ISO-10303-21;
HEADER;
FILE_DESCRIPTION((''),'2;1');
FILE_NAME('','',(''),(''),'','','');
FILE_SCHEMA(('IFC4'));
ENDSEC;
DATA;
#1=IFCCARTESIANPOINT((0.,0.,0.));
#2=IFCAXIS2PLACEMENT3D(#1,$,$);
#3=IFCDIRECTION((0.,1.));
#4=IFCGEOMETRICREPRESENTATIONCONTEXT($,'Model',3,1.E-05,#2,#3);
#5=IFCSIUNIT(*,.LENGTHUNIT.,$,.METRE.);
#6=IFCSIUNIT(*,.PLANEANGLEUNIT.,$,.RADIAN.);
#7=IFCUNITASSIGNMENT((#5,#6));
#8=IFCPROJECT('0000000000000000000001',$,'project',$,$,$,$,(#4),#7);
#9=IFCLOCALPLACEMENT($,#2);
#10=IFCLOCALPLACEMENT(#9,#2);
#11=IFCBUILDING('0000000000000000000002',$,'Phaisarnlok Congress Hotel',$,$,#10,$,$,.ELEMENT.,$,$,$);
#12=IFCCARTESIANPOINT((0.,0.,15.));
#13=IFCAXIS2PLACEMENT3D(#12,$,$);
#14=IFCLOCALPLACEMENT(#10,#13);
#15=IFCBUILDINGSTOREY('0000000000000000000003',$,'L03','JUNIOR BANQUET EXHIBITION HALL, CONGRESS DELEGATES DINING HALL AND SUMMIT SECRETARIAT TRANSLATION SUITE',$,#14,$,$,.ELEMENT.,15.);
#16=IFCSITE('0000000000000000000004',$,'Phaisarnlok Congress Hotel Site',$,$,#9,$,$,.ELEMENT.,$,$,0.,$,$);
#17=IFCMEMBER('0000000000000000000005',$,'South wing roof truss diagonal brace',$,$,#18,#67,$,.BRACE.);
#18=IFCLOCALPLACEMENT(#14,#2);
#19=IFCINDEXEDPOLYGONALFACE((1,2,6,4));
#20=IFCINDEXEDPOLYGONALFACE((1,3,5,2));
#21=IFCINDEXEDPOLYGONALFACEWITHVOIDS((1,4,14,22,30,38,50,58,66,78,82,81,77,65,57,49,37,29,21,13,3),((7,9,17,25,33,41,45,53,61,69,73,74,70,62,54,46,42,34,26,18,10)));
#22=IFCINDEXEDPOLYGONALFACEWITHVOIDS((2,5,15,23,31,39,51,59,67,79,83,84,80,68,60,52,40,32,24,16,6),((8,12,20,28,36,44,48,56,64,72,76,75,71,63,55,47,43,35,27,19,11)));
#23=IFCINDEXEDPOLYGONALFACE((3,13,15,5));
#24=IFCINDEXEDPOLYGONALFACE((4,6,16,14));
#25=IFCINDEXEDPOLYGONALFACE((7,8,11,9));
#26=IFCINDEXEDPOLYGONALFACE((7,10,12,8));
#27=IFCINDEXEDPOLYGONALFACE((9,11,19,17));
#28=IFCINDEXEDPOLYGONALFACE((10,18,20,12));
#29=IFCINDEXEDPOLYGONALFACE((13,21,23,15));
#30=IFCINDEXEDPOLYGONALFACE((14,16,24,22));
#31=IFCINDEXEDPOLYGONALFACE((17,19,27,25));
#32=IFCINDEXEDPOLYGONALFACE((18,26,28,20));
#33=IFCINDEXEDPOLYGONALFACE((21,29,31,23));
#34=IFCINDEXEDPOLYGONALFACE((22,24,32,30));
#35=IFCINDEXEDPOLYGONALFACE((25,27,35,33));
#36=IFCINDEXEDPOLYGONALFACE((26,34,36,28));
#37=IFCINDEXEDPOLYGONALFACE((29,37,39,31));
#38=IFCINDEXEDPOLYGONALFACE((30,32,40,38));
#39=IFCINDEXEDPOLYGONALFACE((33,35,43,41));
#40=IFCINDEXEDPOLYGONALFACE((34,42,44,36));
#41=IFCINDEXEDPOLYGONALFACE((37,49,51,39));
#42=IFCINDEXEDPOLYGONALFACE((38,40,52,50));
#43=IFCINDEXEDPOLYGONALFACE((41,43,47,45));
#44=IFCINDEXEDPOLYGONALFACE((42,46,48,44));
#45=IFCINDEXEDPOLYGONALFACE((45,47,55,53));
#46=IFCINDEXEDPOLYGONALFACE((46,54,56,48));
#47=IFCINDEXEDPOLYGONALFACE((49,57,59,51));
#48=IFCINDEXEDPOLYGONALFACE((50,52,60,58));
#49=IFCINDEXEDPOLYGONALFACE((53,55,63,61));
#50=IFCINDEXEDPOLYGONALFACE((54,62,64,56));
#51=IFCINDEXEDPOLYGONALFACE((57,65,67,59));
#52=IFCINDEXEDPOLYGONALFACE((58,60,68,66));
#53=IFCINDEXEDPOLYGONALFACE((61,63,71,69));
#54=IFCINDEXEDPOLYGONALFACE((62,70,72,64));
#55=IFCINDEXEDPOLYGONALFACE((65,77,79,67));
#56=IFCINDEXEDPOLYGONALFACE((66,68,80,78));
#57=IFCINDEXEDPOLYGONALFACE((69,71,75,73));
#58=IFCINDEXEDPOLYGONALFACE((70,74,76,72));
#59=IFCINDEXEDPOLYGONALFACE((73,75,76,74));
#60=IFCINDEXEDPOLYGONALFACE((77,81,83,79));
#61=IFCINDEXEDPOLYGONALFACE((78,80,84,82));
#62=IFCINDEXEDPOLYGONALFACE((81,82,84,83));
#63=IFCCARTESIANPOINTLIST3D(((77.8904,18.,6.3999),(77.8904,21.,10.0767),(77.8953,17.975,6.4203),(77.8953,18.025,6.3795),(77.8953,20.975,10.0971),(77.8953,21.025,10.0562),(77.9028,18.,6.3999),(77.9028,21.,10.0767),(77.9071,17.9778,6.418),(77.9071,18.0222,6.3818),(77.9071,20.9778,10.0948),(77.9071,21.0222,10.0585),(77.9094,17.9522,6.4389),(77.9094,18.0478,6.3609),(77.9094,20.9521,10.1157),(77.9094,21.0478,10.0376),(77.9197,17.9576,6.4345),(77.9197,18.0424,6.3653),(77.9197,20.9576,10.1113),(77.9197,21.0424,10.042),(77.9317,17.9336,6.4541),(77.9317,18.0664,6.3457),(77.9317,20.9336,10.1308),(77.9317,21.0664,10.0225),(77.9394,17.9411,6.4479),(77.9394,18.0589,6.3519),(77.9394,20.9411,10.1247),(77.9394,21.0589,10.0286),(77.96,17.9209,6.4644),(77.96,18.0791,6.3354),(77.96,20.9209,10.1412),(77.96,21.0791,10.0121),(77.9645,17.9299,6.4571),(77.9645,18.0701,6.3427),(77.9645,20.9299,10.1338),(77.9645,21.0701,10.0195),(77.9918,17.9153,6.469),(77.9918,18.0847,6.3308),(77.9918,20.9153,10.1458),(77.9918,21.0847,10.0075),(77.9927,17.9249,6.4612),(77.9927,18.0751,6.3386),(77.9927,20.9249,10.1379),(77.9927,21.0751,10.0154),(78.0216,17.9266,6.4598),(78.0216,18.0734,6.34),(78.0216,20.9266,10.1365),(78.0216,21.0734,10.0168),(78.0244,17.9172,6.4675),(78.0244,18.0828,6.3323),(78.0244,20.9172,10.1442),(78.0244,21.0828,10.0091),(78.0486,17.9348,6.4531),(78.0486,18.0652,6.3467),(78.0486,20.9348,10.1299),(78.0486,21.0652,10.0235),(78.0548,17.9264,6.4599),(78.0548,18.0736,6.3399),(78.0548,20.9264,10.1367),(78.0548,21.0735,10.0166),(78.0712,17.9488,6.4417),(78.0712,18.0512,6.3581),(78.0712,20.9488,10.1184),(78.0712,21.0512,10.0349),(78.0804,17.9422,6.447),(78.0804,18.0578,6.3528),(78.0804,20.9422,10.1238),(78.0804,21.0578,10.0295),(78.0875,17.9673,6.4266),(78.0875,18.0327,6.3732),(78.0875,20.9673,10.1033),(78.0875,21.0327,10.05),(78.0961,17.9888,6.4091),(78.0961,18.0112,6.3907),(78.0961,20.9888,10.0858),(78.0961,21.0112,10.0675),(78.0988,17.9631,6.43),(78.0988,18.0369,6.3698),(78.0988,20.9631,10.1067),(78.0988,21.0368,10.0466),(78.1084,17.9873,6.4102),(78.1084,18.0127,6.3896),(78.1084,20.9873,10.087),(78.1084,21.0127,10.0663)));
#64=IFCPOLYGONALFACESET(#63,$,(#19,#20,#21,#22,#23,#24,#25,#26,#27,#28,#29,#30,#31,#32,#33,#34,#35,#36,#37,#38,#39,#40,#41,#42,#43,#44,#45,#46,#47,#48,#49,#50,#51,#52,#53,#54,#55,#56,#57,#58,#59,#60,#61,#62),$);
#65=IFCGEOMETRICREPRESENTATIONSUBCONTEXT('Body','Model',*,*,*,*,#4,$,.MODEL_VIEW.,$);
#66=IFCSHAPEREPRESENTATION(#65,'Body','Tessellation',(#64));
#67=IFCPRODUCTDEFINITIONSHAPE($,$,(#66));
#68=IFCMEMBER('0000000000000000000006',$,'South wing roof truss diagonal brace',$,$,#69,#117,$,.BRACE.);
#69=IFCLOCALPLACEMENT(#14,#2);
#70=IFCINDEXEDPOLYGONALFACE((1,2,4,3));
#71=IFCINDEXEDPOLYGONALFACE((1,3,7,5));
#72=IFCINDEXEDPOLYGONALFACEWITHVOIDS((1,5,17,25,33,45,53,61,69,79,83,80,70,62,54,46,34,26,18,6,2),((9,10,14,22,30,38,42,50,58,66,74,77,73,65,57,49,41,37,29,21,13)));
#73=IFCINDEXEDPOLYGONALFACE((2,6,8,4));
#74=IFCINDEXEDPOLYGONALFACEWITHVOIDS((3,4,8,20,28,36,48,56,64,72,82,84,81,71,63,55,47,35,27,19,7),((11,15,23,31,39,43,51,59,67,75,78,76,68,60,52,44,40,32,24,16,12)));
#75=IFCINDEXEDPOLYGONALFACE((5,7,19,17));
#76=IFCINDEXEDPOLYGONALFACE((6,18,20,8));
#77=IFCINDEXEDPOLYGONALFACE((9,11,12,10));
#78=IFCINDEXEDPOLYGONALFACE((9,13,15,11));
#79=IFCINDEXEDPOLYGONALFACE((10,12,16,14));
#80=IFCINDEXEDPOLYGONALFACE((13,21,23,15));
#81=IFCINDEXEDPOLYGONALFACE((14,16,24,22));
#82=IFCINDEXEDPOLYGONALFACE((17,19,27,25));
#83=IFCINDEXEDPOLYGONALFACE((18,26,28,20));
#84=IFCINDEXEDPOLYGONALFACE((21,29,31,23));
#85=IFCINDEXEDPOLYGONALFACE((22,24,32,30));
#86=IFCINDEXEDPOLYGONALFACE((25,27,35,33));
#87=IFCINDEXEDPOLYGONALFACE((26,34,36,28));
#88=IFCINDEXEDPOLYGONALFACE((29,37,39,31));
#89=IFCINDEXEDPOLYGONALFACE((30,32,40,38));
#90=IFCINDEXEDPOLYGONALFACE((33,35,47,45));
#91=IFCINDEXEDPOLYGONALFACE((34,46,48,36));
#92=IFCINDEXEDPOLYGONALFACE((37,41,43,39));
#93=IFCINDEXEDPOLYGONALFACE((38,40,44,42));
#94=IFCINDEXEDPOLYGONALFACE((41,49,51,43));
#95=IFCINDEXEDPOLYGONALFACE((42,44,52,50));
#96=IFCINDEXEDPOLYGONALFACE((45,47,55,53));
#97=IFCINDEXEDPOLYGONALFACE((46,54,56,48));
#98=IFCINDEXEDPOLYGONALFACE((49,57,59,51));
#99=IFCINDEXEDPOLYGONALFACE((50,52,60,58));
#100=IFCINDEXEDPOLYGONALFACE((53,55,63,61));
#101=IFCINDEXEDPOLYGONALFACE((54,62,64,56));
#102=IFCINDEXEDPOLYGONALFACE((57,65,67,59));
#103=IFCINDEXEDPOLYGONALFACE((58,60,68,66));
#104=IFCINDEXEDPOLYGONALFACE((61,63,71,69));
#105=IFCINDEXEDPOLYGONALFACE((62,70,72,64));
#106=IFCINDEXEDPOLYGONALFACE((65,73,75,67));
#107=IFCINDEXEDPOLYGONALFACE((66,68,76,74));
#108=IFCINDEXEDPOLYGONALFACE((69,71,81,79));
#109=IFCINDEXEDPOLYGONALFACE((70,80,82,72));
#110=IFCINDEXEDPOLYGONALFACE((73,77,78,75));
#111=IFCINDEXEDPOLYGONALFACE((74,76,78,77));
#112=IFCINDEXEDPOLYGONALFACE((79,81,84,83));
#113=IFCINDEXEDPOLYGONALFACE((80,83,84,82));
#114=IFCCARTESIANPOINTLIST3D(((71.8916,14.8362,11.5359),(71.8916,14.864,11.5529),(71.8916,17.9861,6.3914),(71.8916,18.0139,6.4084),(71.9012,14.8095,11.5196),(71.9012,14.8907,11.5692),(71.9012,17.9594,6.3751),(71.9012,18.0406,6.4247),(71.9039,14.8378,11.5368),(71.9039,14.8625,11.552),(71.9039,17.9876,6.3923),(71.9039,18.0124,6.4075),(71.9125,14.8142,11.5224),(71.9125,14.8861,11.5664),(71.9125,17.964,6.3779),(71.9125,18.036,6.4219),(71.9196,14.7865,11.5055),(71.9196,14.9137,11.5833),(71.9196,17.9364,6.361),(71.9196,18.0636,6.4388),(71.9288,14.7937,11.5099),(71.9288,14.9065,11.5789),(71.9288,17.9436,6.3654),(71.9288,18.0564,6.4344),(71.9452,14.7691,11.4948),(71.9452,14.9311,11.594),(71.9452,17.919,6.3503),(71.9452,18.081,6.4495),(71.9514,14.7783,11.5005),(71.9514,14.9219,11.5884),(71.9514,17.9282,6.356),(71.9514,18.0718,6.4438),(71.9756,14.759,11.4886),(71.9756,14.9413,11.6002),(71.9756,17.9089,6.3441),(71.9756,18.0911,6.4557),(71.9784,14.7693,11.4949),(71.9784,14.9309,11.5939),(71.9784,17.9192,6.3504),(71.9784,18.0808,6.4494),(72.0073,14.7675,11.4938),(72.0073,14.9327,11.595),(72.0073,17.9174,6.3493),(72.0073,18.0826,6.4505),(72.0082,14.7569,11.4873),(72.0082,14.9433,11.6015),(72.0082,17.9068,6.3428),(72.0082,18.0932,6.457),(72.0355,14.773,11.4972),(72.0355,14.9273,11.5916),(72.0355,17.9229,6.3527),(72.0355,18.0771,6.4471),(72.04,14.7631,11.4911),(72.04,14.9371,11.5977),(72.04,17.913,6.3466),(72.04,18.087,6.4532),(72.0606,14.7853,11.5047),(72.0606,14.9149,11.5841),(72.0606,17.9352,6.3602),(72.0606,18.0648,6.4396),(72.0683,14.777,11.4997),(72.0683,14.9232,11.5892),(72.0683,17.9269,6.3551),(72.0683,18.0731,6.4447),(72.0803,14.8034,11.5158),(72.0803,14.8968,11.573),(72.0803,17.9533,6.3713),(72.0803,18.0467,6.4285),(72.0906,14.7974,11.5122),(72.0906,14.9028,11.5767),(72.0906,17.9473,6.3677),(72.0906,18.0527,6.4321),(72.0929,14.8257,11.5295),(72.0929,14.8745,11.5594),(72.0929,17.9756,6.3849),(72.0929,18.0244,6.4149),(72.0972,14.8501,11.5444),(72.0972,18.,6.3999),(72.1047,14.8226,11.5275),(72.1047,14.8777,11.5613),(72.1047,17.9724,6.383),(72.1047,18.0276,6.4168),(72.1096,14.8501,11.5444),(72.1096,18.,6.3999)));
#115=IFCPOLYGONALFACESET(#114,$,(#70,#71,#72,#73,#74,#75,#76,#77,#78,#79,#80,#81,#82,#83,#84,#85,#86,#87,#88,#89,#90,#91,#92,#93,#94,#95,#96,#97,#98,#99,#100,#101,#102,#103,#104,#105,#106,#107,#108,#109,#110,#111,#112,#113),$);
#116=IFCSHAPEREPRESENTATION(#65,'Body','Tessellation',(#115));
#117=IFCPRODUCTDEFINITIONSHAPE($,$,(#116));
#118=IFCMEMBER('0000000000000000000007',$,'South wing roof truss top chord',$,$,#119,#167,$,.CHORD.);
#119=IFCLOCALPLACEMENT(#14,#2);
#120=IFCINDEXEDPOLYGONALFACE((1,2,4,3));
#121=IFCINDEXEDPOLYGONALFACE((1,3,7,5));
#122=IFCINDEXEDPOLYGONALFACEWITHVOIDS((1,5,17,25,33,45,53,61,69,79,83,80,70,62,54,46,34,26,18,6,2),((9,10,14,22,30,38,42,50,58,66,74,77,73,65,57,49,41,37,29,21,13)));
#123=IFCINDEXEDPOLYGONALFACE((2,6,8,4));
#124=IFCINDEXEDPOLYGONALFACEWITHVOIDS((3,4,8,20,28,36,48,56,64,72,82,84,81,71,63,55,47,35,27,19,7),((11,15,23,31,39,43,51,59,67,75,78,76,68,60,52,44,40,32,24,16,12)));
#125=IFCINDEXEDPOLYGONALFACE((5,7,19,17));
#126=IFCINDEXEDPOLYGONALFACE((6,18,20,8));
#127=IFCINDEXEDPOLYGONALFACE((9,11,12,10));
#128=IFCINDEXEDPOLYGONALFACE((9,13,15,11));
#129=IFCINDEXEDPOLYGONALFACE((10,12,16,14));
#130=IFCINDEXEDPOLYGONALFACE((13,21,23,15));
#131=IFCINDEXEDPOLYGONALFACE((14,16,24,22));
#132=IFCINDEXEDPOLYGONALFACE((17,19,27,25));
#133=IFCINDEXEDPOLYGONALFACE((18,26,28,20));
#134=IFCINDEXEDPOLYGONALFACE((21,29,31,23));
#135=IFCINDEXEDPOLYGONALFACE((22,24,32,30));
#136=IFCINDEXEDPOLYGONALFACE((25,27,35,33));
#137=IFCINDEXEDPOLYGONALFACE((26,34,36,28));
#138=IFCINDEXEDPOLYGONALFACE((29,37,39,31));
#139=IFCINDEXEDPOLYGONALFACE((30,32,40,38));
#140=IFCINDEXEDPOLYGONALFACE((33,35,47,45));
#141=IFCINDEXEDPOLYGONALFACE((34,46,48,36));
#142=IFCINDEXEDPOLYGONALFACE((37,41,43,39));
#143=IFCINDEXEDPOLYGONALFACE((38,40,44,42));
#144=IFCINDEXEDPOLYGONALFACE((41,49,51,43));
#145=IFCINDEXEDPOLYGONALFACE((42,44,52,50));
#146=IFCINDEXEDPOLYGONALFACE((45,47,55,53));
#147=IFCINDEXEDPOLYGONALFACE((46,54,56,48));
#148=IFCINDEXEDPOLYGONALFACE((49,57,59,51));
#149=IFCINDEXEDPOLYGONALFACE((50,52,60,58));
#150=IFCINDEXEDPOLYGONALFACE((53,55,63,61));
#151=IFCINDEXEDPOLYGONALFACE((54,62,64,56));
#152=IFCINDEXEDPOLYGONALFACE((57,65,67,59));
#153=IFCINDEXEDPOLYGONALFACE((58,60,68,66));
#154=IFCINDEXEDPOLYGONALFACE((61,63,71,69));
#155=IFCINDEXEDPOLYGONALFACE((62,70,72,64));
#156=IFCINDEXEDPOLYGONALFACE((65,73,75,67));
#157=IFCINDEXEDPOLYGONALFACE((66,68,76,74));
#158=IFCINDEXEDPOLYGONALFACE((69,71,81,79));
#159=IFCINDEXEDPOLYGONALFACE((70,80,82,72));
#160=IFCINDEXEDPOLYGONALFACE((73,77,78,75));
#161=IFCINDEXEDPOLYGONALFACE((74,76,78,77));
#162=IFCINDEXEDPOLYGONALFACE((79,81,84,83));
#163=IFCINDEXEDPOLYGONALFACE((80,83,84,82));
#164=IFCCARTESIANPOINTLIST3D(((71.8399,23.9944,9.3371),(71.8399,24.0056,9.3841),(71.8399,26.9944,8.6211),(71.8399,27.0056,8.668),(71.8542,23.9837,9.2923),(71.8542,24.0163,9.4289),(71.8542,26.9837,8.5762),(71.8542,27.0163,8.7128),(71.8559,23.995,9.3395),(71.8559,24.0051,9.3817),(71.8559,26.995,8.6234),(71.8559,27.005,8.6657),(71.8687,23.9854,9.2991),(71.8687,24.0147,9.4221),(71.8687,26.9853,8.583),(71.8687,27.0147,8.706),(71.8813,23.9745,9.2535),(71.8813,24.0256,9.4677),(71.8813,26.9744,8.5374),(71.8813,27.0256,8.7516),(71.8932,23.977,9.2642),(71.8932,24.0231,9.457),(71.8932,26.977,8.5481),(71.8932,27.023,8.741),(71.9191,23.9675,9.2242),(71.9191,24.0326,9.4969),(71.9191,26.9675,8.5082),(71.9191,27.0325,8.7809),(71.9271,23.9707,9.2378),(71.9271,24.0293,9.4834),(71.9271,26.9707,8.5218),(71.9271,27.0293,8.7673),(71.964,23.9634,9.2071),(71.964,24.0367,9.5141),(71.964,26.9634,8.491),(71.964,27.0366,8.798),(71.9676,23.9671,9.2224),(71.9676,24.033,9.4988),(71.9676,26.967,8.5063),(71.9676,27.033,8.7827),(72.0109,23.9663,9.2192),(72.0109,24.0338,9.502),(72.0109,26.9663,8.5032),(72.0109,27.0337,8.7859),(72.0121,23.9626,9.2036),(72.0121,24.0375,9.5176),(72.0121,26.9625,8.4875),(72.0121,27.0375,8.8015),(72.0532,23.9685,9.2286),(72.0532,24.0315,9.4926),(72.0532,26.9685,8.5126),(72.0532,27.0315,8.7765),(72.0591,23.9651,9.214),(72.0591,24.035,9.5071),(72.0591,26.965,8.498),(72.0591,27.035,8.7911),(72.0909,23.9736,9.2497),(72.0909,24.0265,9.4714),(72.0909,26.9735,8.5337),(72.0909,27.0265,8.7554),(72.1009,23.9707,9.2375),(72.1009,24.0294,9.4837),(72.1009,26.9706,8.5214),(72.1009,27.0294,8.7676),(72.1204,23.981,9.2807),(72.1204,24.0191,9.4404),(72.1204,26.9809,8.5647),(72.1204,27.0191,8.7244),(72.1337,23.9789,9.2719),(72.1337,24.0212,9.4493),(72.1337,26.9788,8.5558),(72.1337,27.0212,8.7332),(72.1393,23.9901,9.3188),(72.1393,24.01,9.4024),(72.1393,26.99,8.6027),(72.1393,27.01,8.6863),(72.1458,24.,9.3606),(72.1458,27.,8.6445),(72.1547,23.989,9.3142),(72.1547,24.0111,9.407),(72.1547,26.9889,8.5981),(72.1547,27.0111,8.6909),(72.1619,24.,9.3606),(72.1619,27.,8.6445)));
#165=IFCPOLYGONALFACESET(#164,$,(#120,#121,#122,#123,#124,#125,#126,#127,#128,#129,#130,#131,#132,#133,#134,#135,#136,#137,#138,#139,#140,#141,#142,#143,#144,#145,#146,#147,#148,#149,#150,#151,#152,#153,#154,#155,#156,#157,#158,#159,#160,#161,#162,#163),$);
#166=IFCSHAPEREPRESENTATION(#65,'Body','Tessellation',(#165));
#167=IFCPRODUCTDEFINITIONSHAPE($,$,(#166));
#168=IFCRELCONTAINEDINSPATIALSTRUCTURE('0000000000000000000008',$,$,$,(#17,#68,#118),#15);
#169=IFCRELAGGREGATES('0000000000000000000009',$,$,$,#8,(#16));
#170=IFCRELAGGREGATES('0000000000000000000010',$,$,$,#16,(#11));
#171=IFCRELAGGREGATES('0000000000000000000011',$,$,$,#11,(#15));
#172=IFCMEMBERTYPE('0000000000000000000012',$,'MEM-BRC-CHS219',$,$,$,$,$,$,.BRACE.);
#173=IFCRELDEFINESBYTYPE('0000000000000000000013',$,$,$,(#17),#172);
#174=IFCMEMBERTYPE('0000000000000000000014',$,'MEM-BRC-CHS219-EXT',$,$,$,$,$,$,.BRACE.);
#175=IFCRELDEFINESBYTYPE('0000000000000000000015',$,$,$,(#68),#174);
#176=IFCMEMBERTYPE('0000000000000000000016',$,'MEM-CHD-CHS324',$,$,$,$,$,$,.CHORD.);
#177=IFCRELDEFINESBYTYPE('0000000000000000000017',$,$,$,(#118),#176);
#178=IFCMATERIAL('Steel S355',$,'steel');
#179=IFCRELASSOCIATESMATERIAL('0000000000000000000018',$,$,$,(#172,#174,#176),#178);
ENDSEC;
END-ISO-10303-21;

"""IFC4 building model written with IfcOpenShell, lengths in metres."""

from ifc_helpers import new_model, si_unit, direction, frame, origin, origin_2d, place, context, subcontext, project, spatial, hollow_circle, extrude, material, material_profile, profile_set, type_object, element, save


model = new_model("IFC4")

# Units and contexts
model_context = context("Model", 3, precision=1e-05, world=origin(), true_north=direction((0.0, 1.0)))
body_context = subcontext(model_context, "Body", "Model", "MODEL_VIEW")
ifc_project = project(units=[si_unit("LENGTHUNIT", "METRE"), si_unit("PLANEANGLEUNIT", "RADIAN")], contexts=[model_context])

# Site, building, storey
site_placement = place(None, origin())
site = spatial("IfcSite", under=ifc_project, at=site_placement, Name="Phaisarnlok Congress Hotel Site", CompositionType="ELEMENT", RefElevation=0.0)
building_placement = place(site_placement, origin())
building = spatial("IfcBuilding", under=site, at=building_placement, Name="Phaisarnlok Congress Hotel", CompositionType="ELEMENT")
storey_placement = place(building_placement, frame((0.0, 0.0, 15.0)))
storey = spatial("IfcBuildingStorey", under=building, at=storey_placement, Name="L03", Description="JUNIOR BANQUET EXHIBITION HALL, CONGRESS DELEGATES DINING HALL AND SUMMIT SECRETARIAT TRANSLATION SUITE", CompositionType="ELEMENT", Elevation=15.0)

# Shared definitions
ifc_material_1 = material(Name="Steel S355", Category="steel")

# Members
ifc_material_profile_1 = material_profile(ifc_material_1, hollow_circle(Radius=0.1096, WallThickness=0.0125, at=origin_2d()), Name="CHS 219.1x12.5")
ifc_profile_set_1 = profile_set([ifc_material_profile_1], Name="Steel S355")
member_type_1 = type_object("IfcMemberType", Name="MEM-BRC-CHS219", PredefinedType="BRACE", material=ifc_profile_set_1)
for number, where, z_axis, x_axis, name in (
    (1, (78.0, 18.0, 6.3999), (0.0, 0.632195, 0.774809), (-1.0, 0.0, 0.0), "South wing roof truss diagonal brace"),
):
    element("IfcMember", number, at=place(storey_placement, frame(where, z_axis=z_axis, x_axis=x_axis)), inside=storey, type_object=member_type_1, Name=name, PredefinedType="BRACE", context=body_context, shape_type="SweptSolid", body=[
        extrude(hollow_circle(Radius=0.1096, WallThickness=0.0125, at=origin_2d()), origin(), (0.0, 0.0, 1.0), 4.7454),
    ])
ifc_material_profile_2 = material_profile(ifc_material_1, hollow_circle(Radius=0.1096, WallThickness=0.0125, at=origin_2d()), Name="CHS 219.1x12.5")
ifc_profile_set_2 = profile_set([ifc_material_profile_2], Name="Steel S355")
member_type_2 = type_object("IfcMemberType", Name="MEM-BRC-CHS219-EXT", PredefinedType="BRACE", material=ifc_profile_set_2)
member_1_placement = place(storey_placement, frame((72.0, 18.0, 6.3999), z_axis=(0.0, -0.522177, 0.852837), x_axis=(1.0, 0.0, 0.0)))
element("IfcMember", 2, at=member_1_placement, inside=storey, type_object=member_type_2, Name="South wing roof truss diagonal brace", PredefinedType="BRACE", context=body_context, shape_type="SweptSolid", body=[
    extrude(hollow_circle(Radius=0.1096, WallThickness=0.0125, at=origin_2d()), origin(), (0.0, 0.0, 1.0), 6.0322),
])
ifc_material_profile_3 = material_profile(ifc_material_1, hollow_circle(Radius=0.1619, WallThickness=0.0161, at=origin_2d()), Name="CHS 323.9x16")
ifc_profile_set_3 = profile_set([ifc_material_profile_3], Name="Steel S355")
member_type_3 = type_object("IfcMemberType", Name="MEM-CHD-CHS324", PredefinedType="CHORD", material=ifc_profile_set_3)
for number, where, z_axis, x_axis, name in (
    (3, (72.0, 27.0, 8.6445), (0.0, -0.972676, 0.232166), (1.0, 0.0, 0.0), "South wing roof truss top chord"),
):
    element("IfcMember", number, at=place(storey_placement, frame(where, z_axis=z_axis, x_axis=x_axis)), inside=storey, type_object=member_type_3, Name=name, PredefinedType="CHORD", context=body_context, shape_type="SweptSolid", body=[
        extrude(hollow_circle(Radius=0.1619, WallThickness=0.0161, at=origin_2d()), origin(), (0.0, 0.0, 1.0), 3.0842),
    ])

save(model, "model.ifc")
